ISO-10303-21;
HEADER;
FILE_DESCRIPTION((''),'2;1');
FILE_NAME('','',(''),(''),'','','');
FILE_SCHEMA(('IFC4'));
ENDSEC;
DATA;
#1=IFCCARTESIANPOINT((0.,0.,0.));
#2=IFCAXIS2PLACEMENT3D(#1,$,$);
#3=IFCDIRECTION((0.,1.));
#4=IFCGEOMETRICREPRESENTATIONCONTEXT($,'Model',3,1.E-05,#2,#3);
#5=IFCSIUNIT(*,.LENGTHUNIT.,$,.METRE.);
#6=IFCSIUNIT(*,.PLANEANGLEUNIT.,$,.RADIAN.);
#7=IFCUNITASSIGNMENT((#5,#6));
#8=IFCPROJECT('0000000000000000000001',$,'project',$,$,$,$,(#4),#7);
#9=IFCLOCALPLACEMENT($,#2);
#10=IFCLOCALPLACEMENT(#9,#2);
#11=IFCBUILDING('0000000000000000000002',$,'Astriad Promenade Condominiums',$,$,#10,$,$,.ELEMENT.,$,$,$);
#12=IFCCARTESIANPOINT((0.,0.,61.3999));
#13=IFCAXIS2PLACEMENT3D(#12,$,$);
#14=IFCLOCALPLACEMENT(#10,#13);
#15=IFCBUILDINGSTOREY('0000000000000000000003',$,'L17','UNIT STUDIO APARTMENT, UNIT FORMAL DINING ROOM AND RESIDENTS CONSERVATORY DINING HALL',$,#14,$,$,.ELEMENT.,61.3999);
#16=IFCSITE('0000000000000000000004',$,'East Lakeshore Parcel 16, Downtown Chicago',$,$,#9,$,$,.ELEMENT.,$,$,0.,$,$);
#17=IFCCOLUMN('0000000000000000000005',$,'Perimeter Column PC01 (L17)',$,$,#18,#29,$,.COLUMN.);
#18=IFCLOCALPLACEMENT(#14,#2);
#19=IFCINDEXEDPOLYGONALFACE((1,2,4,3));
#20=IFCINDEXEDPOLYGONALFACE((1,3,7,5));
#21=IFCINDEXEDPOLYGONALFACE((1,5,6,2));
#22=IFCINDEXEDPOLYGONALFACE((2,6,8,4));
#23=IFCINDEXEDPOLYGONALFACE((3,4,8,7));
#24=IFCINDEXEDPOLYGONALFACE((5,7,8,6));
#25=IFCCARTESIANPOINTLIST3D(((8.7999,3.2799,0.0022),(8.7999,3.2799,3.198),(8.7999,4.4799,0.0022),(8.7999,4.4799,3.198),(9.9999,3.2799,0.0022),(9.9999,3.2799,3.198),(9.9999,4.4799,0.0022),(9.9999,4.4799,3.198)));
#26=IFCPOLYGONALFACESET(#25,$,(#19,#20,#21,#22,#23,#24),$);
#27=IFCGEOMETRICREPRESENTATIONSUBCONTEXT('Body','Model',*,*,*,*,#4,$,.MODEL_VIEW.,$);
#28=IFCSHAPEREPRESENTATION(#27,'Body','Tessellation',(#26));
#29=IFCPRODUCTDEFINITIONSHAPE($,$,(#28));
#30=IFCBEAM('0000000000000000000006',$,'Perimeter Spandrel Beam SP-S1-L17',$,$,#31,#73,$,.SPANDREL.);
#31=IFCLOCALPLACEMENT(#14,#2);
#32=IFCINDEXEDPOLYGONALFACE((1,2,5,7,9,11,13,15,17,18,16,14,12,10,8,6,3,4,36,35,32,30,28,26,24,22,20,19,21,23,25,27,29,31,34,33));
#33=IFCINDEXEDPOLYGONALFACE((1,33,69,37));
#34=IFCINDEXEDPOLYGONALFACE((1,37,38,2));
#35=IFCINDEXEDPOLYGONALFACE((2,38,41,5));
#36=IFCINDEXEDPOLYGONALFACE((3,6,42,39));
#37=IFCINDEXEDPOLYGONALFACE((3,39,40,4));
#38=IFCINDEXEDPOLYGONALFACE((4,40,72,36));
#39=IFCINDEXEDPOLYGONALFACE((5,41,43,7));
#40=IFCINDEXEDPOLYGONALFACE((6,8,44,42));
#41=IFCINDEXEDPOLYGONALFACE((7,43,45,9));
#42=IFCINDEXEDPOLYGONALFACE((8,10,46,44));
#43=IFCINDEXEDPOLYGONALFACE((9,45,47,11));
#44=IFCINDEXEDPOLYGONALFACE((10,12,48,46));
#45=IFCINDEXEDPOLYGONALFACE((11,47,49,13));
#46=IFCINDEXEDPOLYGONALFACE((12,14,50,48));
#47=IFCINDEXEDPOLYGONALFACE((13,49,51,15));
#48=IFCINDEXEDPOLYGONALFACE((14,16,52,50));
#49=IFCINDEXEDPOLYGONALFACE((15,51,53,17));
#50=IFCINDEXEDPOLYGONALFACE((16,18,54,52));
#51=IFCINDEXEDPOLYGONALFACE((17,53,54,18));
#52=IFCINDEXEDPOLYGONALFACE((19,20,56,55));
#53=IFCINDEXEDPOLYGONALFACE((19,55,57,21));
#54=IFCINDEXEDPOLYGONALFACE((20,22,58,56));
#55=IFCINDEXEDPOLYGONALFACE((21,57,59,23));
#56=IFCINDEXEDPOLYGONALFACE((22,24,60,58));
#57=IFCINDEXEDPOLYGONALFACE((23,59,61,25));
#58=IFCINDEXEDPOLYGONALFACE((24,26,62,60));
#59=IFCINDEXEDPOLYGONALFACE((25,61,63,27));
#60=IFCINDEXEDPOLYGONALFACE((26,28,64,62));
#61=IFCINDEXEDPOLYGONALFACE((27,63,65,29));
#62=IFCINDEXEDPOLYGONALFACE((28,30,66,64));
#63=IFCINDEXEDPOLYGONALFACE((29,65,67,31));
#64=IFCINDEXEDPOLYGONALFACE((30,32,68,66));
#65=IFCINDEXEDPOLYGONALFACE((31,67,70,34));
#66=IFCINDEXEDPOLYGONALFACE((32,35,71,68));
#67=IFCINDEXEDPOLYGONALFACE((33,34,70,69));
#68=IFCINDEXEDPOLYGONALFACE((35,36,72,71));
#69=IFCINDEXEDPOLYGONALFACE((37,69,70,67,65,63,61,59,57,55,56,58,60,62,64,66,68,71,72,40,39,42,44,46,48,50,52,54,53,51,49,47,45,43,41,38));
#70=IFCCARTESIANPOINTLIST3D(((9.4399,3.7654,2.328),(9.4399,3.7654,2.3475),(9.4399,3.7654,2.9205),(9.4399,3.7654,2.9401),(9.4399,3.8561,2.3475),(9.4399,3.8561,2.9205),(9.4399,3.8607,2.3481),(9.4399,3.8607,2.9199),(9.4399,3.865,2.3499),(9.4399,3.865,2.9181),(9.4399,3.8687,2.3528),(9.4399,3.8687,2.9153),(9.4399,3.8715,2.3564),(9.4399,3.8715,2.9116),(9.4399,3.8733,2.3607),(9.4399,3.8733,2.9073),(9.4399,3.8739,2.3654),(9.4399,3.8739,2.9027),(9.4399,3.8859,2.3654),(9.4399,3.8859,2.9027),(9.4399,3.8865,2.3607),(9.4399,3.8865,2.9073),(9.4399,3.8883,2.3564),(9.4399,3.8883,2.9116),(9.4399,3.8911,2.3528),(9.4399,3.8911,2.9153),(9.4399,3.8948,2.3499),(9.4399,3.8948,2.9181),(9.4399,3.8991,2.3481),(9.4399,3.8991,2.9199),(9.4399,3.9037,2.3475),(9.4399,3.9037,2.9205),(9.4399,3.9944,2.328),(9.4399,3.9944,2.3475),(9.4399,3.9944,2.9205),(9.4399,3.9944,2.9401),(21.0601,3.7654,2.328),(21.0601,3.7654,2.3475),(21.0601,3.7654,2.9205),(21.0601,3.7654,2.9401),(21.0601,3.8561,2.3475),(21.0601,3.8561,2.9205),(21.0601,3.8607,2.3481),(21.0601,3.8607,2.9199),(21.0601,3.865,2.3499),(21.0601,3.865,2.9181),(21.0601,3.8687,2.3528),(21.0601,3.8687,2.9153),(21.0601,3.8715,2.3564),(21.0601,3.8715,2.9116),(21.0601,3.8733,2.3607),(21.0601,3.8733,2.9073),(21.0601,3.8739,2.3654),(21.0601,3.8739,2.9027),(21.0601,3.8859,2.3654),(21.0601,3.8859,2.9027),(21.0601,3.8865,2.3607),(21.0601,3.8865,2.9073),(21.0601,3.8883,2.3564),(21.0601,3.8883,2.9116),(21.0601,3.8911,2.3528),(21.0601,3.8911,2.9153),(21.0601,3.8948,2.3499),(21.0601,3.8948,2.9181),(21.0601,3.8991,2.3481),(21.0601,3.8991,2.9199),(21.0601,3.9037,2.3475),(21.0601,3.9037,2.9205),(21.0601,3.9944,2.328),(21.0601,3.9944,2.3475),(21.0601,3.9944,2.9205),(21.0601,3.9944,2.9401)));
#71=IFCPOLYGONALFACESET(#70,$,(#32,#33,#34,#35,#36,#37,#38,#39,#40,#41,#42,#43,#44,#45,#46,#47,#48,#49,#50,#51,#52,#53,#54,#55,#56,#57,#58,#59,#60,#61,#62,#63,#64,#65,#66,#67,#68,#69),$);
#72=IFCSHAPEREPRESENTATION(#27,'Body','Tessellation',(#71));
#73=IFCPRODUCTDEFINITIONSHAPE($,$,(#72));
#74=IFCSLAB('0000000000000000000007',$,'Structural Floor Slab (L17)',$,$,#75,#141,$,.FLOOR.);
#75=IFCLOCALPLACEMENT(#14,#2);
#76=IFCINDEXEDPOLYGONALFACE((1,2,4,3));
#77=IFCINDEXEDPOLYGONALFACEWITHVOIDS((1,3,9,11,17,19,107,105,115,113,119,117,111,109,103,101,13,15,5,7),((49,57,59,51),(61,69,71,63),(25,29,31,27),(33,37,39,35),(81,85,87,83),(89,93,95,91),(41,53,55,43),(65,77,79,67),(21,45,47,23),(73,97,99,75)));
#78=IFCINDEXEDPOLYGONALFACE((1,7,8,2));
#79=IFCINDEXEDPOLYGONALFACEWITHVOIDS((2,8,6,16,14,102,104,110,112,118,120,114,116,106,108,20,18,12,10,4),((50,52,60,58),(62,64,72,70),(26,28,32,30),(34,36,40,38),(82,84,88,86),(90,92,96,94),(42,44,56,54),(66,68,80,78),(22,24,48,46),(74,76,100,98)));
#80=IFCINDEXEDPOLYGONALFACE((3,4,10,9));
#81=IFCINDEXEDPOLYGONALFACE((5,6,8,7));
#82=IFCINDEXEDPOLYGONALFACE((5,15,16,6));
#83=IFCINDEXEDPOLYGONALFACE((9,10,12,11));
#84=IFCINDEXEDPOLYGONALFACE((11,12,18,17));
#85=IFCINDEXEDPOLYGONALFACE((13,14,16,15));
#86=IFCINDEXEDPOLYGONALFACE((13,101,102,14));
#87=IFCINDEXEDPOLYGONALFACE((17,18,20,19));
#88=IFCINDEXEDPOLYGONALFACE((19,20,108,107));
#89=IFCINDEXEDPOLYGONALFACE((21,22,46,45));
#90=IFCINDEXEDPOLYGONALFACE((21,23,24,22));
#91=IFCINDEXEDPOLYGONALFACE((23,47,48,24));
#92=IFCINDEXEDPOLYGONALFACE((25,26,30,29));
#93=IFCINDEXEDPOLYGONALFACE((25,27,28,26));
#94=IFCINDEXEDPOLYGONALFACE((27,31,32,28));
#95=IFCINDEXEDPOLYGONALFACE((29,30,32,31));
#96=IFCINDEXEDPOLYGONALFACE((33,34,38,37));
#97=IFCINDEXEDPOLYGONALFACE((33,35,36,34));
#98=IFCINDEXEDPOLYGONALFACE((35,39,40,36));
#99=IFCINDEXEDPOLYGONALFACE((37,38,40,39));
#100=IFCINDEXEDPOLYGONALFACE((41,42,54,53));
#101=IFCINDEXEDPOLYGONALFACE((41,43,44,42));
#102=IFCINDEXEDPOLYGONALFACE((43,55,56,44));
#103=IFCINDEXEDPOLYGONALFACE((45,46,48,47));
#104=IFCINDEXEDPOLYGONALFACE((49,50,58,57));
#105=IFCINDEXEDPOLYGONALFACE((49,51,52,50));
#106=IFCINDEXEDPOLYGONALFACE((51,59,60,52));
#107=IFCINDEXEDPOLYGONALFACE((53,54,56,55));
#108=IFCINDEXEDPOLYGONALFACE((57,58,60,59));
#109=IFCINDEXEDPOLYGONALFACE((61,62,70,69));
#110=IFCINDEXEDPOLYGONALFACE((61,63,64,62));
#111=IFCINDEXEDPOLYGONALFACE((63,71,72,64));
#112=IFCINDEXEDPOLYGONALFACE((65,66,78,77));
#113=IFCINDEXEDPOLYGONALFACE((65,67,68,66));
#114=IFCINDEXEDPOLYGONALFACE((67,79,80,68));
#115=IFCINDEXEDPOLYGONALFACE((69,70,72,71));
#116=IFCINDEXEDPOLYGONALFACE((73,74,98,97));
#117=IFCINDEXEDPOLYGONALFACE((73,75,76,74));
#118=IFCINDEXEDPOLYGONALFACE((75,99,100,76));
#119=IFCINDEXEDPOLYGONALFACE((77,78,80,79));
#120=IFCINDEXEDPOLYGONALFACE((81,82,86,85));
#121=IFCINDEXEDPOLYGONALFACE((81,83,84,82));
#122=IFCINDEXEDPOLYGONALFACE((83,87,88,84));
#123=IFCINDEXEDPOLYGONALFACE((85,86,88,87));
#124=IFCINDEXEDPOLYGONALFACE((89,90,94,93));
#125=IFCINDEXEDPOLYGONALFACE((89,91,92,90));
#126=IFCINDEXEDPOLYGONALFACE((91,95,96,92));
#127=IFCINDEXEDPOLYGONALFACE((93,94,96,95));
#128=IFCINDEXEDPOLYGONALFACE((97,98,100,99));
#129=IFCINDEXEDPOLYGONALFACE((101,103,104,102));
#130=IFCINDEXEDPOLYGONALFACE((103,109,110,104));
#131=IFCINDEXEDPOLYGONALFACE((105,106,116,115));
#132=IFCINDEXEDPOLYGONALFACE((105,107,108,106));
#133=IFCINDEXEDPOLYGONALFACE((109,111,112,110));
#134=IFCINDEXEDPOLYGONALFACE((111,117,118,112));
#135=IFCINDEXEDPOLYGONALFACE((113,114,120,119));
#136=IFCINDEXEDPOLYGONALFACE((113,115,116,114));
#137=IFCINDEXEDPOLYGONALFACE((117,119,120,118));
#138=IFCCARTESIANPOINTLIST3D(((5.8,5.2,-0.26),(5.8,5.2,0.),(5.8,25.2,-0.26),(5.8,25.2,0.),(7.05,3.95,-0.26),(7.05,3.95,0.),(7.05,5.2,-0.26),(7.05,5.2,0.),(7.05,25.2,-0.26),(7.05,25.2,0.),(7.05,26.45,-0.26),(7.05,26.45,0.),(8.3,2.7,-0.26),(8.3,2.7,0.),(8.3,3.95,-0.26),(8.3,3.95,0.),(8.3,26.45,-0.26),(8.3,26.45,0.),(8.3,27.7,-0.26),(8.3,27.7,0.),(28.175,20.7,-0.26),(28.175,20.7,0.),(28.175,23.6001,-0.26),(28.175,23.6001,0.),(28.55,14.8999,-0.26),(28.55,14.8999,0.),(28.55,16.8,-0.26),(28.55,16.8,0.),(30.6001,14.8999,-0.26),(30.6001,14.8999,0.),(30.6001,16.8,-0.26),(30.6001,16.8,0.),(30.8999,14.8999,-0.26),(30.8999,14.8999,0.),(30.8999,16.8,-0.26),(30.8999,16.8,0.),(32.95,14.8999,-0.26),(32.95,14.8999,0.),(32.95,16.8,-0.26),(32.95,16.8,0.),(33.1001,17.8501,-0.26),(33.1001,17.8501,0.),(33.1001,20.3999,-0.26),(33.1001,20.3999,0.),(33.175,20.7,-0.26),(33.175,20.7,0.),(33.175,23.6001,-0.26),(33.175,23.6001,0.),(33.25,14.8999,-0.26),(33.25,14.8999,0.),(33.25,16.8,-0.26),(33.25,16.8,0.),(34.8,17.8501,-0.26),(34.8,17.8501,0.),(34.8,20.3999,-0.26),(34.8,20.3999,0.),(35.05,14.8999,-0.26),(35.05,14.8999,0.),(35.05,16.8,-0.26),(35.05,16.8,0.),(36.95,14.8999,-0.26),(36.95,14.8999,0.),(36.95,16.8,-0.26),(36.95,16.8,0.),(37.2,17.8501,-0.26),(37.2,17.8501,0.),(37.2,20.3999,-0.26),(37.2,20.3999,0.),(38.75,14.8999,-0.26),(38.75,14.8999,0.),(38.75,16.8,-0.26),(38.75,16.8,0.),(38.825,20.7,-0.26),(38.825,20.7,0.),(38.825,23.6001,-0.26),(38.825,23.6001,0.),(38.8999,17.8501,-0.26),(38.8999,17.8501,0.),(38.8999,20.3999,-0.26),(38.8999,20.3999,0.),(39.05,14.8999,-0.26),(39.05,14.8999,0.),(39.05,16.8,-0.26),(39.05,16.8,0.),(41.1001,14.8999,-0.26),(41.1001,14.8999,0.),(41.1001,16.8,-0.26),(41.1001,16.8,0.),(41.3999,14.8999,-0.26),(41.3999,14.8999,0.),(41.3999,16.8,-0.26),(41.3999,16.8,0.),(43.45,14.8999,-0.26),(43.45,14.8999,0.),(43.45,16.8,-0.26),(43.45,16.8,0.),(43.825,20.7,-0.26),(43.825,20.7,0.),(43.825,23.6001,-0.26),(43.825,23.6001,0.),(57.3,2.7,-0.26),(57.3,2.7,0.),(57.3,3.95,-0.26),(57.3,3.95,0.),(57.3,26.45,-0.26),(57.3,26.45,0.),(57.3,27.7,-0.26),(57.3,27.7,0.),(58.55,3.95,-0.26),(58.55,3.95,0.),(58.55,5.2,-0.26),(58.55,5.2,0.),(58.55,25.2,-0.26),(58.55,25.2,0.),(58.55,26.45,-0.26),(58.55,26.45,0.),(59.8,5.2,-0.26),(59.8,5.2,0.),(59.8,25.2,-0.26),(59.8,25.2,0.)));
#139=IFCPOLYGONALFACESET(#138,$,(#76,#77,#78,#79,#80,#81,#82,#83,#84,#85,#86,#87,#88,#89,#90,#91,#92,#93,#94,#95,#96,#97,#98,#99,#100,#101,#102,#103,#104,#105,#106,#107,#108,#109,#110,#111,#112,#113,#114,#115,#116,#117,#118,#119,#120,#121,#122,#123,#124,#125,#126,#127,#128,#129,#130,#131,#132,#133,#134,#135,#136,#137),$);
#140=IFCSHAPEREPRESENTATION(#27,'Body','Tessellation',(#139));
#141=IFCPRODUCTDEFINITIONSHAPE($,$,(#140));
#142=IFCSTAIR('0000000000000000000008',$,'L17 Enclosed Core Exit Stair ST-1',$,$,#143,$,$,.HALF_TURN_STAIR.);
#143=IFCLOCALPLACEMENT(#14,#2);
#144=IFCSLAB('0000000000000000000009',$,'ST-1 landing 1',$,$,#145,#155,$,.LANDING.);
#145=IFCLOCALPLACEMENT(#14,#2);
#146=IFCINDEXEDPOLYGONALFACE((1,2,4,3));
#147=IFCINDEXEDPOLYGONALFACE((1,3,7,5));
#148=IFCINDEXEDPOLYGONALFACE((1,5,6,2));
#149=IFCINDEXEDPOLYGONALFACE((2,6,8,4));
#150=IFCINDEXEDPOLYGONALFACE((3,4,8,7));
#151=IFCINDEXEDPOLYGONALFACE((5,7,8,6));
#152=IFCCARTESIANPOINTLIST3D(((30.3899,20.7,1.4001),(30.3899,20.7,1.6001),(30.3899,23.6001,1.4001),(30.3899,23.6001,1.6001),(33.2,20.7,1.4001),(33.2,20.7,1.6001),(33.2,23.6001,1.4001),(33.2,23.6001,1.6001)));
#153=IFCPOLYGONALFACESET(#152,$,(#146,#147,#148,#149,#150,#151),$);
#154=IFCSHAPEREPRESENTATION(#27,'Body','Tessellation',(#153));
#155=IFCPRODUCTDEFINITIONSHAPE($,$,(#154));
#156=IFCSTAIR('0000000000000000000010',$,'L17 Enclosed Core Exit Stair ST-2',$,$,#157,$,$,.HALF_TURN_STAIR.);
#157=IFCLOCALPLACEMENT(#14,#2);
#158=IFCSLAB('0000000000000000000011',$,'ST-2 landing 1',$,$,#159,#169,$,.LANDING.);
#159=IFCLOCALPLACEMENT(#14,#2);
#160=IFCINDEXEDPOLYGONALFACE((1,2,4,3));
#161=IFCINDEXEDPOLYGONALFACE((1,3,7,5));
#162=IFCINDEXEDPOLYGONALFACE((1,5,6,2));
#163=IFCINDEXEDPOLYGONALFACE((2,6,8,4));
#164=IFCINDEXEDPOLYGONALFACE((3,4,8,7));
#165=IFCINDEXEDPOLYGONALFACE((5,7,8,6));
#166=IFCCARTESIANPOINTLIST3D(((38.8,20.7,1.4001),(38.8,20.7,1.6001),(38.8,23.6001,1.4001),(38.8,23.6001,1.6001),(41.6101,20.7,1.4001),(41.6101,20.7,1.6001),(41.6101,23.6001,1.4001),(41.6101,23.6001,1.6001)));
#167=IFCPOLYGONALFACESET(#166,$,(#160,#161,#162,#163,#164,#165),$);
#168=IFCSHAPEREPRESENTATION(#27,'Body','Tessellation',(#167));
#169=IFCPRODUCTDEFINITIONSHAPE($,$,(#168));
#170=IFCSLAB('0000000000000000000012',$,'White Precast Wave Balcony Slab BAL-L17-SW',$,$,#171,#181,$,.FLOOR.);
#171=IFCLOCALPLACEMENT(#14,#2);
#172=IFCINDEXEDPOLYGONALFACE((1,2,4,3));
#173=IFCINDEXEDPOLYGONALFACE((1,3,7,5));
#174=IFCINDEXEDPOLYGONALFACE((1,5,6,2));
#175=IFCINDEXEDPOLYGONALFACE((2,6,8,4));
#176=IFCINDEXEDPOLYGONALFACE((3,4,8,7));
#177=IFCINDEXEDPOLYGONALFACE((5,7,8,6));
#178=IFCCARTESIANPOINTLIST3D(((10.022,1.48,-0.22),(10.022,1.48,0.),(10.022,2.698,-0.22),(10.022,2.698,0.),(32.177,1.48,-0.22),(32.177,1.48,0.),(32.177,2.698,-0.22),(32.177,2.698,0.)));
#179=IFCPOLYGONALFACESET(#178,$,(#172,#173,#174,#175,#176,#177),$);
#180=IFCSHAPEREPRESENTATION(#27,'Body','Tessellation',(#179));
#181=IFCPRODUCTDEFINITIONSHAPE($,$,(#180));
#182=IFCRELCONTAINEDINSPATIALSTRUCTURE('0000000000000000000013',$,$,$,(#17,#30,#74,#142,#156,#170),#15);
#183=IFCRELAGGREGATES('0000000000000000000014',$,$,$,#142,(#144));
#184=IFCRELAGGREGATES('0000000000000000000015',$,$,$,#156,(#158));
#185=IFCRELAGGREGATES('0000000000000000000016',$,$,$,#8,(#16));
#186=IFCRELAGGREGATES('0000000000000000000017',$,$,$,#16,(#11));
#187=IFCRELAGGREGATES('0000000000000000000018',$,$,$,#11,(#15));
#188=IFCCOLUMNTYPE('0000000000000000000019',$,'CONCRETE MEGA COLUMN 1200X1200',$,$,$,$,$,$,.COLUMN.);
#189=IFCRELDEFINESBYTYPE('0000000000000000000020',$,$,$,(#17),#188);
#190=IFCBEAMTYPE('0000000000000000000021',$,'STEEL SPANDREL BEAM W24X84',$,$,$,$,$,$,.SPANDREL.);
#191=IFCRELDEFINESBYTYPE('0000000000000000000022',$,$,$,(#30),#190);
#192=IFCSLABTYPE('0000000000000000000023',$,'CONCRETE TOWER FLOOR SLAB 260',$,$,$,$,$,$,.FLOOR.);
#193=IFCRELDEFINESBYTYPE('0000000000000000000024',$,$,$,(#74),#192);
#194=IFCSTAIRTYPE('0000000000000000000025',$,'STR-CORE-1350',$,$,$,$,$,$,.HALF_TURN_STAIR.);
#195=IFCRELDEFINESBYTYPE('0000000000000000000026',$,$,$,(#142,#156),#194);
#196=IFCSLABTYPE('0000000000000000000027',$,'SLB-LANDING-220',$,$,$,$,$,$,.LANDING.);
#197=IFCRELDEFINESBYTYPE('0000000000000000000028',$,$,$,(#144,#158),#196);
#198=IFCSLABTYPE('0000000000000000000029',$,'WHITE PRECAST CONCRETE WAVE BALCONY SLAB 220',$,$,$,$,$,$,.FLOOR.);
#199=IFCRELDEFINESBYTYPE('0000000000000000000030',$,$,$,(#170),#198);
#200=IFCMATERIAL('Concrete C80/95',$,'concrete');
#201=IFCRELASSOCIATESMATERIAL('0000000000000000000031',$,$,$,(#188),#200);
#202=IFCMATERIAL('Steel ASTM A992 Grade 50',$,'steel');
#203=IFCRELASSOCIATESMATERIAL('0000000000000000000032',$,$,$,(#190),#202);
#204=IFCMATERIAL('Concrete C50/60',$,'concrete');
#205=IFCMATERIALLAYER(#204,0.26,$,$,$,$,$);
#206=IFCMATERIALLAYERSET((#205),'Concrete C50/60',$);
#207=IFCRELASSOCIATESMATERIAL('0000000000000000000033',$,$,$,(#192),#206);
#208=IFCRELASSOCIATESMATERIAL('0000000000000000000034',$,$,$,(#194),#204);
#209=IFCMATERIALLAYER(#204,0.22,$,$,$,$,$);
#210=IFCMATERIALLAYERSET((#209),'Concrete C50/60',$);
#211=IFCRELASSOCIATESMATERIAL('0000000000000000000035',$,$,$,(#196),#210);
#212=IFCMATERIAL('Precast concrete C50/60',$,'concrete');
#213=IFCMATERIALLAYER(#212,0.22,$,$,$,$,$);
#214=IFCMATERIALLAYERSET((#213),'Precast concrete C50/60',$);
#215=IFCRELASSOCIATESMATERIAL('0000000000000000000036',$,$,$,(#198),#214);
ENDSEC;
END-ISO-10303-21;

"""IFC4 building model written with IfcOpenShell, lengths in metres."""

from ifc_helpers import new_model, si_unit, direction, frame, origin, origin_2d, place, context, subcontext, project, spatial, polyline, rectangle, i_section, outline, extrude, source, transform, mapped, material, layer, layer_set, material_profile, profile_set, type_object, type_shapes, element, aggregate, save


model = new_model("IFC4")

# Units and contexts
model_context = context("Model", 3, precision=1e-05, world=origin(), true_north=direction((0.0, 1.0)))
body_context = subcontext(model_context, "Body", "Model", "MODEL_VIEW")
ifc_project = project(units=[si_unit("LENGTHUNIT", "METRE"), si_unit("PLANEANGLEUNIT", "RADIAN")], contexts=[model_context])

# Site, building, storey
site_placement = place(None, origin())
site = spatial("IfcSite", under=ifc_project, at=site_placement, Name="East Lakeshore Parcel 16, Downtown Chicago", CompositionType="ELEMENT", RefElevation=0.0)
building_placement = place(site_placement, origin())
building = spatial("IfcBuilding", under=site, at=building_placement, Name="Astriad Promenade Condominiums", CompositionType="ELEMENT")
storey_placement = place(building_placement, frame((0.0, 0.0, 61.3999)))
storey = spatial("IfcBuildingStorey", under=building, at=storey_placement, Name="L17", Description="UNIT STUDIO APARTMENT, UNIT FORMAL DINING ROOM AND RESIDENTS CONSERVATORY DINING HALL", CompositionType="ELEMENT", Elevation=61.3999)

# Column
ifc_material_1 = material(Name="Concrete C80/95", Category="concrete")
ifc_material_profile_1 = material_profile(ifc_material_1, rectangle(XDim=1.2, YDim=1.2, at=origin_2d()), Name="RC-COL-1200X1200")
ifc_profile_set_1 = profile_set([ifc_material_profile_1], Name="Concrete C80/95")
column_type = type_object("IfcColumnType", Name="CONCRETE MEGA COLUMN 1200X1200", PredefinedType="COLUMN", material=ifc_profile_set_1)
shared_shape_1 = source(origin(), body_context, "Body", "SweptSolid", [
    extrude(rectangle(XDim=1.2, YDim=1.2, at=origin_2d()), origin(), (0.0, 0.0, 1.0), 3.1958),
])
type_shapes(column_type, [shared_shape_1])
column_placement = place(storey_placement, frame((9.3999, 3.8799, 0.0022), z_axis=(0.0, 0.0, 1.0), x_axis=(1.0, 0.0, 0.0)))
element("IfcColumn", 1, at=column_placement, inside=storey, type_object=column_type, Name="Perimeter Column PC01 (L17)", PredefinedType="COLUMN", context=body_context, shape_type="MappedRepresentation", body=[
    mapped(shared_shape_1, transform((0.0, 0.0, 0.0), scale=1.0)),
])

# Beam
ifc_material_2 = material(Name="Steel ASTM A992 Grade 50", Category="steel")
ifc_material_profile_2 = material_profile(ifc_material_2, i_section(OverallWidth=0.229, OverallDepth=0.6121, WebThickness=0.012, FlangeThickness=0.0195, FilletRadius=0.0178, at=origin_2d()), Name="W24X84")
ifc_profile_set_2 = profile_set([ifc_material_profile_2], Name="Steel ASTM A992 Grade 50")
beam_type = type_object("IfcBeamType", Name="STEEL SPANDREL BEAM W24X84", PredefinedType="SPANDREL", material=ifc_profile_set_2)
shared_shape_2 = source(origin(), body_context, "Body", "SweptSolid", [
    extrude(i_section(OverallWidth=0.229, OverallDepth=0.6121, WebThickness=0.012, FlangeThickness=0.0195, FilletRadius=0.0178, at=origin_2d()), origin(), (0.0, 0.0, 1.0), 11.6201),
])
type_shapes(beam_type, [shared_shape_2])
beam_placement = place(storey_placement, frame((9.4399, 3.8799, 2.634), z_axis=(1.0, 0.0, 0.0), x_axis=(0.0, 1.0, 0.0)))
element("IfcBeam", 2, at=beam_placement, inside=storey, type_object=beam_type, Name="Perimeter Spandrel Beam SP-S1-L17", PredefinedType="SPANDREL", context=body_context, shape_type="MappedRepresentation", body=[
    mapped(shared_shape_2, transform((0.0, 0.0, 0.0), scale=1.0)),
])

# Slab
ifc_material_3 = material(Name="Concrete C50/60", Category="concrete")
ifc_layer_1 = layer(ifc_material_3, 0.26)
ifc_layer_set_1 = layer_set([ifc_layer_1], Name="Concrete C50/60")
slab_type_1 = type_object("IfcSlabType", Name="CONCRETE TOWER FLOOR SLAB 260", PredefinedType="FLOOR", material=ifc_layer_set_1)
slab_1_placement = place(storey_placement, frame((0.0, 0.0, -0.26)))
element("IfcSlab", 3, at=slab_1_placement, inside=storey, type_object=slab_type_1, Name="Structural Floor Slab (L17)", PredefinedType="FLOOR", context=body_context, shape_type="SweptSolid", body=[
    extrude(outline(polyline([(8.3, 2.7), (57.3, 2.7), (57.3, 3.95), (58.55, 3.95), (58.55, 5.2), (59.8, 5.2), (59.8, 25.2), (58.55, 25.2), (58.55, 26.45), (57.3, 26.45), (57.3, 27.7), (8.3, 27.7), (8.3, 26.45), (7.05, 26.45), (7.05, 25.2), (5.8, 25.2), (5.8, 5.2), (7.05, 5.2), (7.05, 3.95), (8.3, 3.95), (8.3, 2.7)]), holes=[polyline([(28.175, 20.7), (33.175, 20.7), (33.175, 23.6001), (28.175, 23.6001), (28.175, 20.7)]), polyline([(38.825, 20.7), (43.825, 20.7), (43.825, 23.6001), (38.825, 23.6001), (38.825, 20.7)]), polyline([(33.1001, 17.8501), (34.8, 17.8501), (34.8, 20.3999), (33.1001, 20.3999), (33.1001, 17.8501)]), polyline([(37.2, 17.8501), (38.8999, 17.8501), (38.8999, 20.3999), (37.2, 20.3999), (37.2, 17.8501)]), polyline([(28.55, 14.8999), (30.6001, 14.8999), (30.6001, 16.8), (28.55, 16.8), (28.55, 14.8999)]), polyline([(30.8999, 14.8999), (32.95, 14.8999), (32.95, 16.8), (30.8999, 16.8), (30.8999, 14.8999)]), polyline([(33.25, 14.8999), (35.05, 14.8999), (35.05, 16.8), (33.25, 16.8), (33.25, 14.8999)]), polyline([(36.95, 14.8999), (38.75, 14.8999), (38.75, 16.8), (36.95, 16.8), (36.95, 14.8999)]), polyline([(39.05, 14.8999), (41.1001, 14.8999), (41.1001, 16.8), (39.05, 16.8), (39.05, 14.8999)]), polyline([(41.3999, 14.8999), (43.45, 14.8999), (43.45, 16.8), (41.3999, 16.8), (41.3999, 14.8999)])]), origin(), (0.0, 0.0, 1.0), 0.26),
])

# Stairs, slabs
stair_type = type_object("IfcStairType", Name="STR-CORE-1350", PredefinedType="HALF_TURN_STAIR", material=ifc_material_3)
stair_1_placement = place(storey_placement, origin())
stair_1 = element("IfcStair", 4, at=stair_1_placement, inside=storey, type_object=stair_type, Name="L17 Enclosed Core Exit Stair ST-1", PredefinedType="HALF_TURN_STAIR")
ifc_layer_2 = layer(ifc_material_3, 0.22)
ifc_layer_set_2 = layer_set([ifc_layer_2], Name="Concrete C50/60")
slab_type_2 = type_object("IfcSlabType", Name="SLB-LANDING-220", PredefinedType="LANDING", material=ifc_layer_set_2)
slab_2_placement = place(storey_placement, frame((0.0, 0.0, 1.4001)))
slab_2 = element("IfcSlab", 5, at=slab_2_placement, type_object=slab_type_2, Name="ST-1 landing 1", PredefinedType="LANDING", context=body_context, shape_type="SweptSolid", body=[
    extrude(outline(polyline([(30.3899, 20.7), (33.2, 20.7), (33.2, 23.6001), (30.3899, 23.6001), (30.3899, 20.7)])), origin(), (0.0, 0.0, 1.0), 0.2),
])
aggregate(stair_1, [slab_2])
stair_2_placement = place(storey_placement, origin())
stair_2 = element("IfcStair", 6, at=stair_2_placement, inside=storey, type_object=stair_type, Name="L17 Enclosed Core Exit Stair ST-2", PredefinedType="HALF_TURN_STAIR")
slab_3_placement = place(storey_placement, frame((0.0, 0.0, 1.4001)))
slab_3 = element("IfcSlab", 7, at=slab_3_placement, type_object=slab_type_2, Name="ST-2 landing 1", PredefinedType="LANDING", context=body_context, shape_type="SweptSolid", body=[
    extrude(outline(polyline([(41.6101, 23.6001), (38.8, 23.6001), (38.8, 20.7), (41.6101, 20.7), (41.6101, 23.6001)])), origin(), (0.0, 0.0, 1.0), 0.2),
])
aggregate(stair_2, [slab_3])

# Slab
ifc_material_4 = material(Name="Precast concrete C50/60", Category="concrete")
ifc_layer_3 = layer(ifc_material_4, 0.22)
ifc_layer_set_3 = layer_set([ifc_layer_3], Name="Precast concrete C50/60")
slab_type_3 = type_object("IfcSlabType", Name="WHITE PRECAST CONCRETE WAVE BALCONY SLAB 220", PredefinedType="FLOOR", material=ifc_layer_set_3)
slab_4_placement = place(storey_placement, frame((0.0, 0.0, -0.22)))
element("IfcSlab", 8, at=slab_4_placement, inside=storey, type_object=slab_type_3, Name="White Precast Wave Balcony Slab BAL-L17-SW", PredefinedType="FLOOR", context=body_context, shape_type="SweptSolid", body=[
    extrude(outline(polyline([(32.177, 1.48), (10.022, 1.48), (10.022, 2.698), (32.177, 2.698), (32.177, 1.48)])), origin(), (0.0, 0.0, 1.0), 0.22),
])

save(model, "model.ifc")
